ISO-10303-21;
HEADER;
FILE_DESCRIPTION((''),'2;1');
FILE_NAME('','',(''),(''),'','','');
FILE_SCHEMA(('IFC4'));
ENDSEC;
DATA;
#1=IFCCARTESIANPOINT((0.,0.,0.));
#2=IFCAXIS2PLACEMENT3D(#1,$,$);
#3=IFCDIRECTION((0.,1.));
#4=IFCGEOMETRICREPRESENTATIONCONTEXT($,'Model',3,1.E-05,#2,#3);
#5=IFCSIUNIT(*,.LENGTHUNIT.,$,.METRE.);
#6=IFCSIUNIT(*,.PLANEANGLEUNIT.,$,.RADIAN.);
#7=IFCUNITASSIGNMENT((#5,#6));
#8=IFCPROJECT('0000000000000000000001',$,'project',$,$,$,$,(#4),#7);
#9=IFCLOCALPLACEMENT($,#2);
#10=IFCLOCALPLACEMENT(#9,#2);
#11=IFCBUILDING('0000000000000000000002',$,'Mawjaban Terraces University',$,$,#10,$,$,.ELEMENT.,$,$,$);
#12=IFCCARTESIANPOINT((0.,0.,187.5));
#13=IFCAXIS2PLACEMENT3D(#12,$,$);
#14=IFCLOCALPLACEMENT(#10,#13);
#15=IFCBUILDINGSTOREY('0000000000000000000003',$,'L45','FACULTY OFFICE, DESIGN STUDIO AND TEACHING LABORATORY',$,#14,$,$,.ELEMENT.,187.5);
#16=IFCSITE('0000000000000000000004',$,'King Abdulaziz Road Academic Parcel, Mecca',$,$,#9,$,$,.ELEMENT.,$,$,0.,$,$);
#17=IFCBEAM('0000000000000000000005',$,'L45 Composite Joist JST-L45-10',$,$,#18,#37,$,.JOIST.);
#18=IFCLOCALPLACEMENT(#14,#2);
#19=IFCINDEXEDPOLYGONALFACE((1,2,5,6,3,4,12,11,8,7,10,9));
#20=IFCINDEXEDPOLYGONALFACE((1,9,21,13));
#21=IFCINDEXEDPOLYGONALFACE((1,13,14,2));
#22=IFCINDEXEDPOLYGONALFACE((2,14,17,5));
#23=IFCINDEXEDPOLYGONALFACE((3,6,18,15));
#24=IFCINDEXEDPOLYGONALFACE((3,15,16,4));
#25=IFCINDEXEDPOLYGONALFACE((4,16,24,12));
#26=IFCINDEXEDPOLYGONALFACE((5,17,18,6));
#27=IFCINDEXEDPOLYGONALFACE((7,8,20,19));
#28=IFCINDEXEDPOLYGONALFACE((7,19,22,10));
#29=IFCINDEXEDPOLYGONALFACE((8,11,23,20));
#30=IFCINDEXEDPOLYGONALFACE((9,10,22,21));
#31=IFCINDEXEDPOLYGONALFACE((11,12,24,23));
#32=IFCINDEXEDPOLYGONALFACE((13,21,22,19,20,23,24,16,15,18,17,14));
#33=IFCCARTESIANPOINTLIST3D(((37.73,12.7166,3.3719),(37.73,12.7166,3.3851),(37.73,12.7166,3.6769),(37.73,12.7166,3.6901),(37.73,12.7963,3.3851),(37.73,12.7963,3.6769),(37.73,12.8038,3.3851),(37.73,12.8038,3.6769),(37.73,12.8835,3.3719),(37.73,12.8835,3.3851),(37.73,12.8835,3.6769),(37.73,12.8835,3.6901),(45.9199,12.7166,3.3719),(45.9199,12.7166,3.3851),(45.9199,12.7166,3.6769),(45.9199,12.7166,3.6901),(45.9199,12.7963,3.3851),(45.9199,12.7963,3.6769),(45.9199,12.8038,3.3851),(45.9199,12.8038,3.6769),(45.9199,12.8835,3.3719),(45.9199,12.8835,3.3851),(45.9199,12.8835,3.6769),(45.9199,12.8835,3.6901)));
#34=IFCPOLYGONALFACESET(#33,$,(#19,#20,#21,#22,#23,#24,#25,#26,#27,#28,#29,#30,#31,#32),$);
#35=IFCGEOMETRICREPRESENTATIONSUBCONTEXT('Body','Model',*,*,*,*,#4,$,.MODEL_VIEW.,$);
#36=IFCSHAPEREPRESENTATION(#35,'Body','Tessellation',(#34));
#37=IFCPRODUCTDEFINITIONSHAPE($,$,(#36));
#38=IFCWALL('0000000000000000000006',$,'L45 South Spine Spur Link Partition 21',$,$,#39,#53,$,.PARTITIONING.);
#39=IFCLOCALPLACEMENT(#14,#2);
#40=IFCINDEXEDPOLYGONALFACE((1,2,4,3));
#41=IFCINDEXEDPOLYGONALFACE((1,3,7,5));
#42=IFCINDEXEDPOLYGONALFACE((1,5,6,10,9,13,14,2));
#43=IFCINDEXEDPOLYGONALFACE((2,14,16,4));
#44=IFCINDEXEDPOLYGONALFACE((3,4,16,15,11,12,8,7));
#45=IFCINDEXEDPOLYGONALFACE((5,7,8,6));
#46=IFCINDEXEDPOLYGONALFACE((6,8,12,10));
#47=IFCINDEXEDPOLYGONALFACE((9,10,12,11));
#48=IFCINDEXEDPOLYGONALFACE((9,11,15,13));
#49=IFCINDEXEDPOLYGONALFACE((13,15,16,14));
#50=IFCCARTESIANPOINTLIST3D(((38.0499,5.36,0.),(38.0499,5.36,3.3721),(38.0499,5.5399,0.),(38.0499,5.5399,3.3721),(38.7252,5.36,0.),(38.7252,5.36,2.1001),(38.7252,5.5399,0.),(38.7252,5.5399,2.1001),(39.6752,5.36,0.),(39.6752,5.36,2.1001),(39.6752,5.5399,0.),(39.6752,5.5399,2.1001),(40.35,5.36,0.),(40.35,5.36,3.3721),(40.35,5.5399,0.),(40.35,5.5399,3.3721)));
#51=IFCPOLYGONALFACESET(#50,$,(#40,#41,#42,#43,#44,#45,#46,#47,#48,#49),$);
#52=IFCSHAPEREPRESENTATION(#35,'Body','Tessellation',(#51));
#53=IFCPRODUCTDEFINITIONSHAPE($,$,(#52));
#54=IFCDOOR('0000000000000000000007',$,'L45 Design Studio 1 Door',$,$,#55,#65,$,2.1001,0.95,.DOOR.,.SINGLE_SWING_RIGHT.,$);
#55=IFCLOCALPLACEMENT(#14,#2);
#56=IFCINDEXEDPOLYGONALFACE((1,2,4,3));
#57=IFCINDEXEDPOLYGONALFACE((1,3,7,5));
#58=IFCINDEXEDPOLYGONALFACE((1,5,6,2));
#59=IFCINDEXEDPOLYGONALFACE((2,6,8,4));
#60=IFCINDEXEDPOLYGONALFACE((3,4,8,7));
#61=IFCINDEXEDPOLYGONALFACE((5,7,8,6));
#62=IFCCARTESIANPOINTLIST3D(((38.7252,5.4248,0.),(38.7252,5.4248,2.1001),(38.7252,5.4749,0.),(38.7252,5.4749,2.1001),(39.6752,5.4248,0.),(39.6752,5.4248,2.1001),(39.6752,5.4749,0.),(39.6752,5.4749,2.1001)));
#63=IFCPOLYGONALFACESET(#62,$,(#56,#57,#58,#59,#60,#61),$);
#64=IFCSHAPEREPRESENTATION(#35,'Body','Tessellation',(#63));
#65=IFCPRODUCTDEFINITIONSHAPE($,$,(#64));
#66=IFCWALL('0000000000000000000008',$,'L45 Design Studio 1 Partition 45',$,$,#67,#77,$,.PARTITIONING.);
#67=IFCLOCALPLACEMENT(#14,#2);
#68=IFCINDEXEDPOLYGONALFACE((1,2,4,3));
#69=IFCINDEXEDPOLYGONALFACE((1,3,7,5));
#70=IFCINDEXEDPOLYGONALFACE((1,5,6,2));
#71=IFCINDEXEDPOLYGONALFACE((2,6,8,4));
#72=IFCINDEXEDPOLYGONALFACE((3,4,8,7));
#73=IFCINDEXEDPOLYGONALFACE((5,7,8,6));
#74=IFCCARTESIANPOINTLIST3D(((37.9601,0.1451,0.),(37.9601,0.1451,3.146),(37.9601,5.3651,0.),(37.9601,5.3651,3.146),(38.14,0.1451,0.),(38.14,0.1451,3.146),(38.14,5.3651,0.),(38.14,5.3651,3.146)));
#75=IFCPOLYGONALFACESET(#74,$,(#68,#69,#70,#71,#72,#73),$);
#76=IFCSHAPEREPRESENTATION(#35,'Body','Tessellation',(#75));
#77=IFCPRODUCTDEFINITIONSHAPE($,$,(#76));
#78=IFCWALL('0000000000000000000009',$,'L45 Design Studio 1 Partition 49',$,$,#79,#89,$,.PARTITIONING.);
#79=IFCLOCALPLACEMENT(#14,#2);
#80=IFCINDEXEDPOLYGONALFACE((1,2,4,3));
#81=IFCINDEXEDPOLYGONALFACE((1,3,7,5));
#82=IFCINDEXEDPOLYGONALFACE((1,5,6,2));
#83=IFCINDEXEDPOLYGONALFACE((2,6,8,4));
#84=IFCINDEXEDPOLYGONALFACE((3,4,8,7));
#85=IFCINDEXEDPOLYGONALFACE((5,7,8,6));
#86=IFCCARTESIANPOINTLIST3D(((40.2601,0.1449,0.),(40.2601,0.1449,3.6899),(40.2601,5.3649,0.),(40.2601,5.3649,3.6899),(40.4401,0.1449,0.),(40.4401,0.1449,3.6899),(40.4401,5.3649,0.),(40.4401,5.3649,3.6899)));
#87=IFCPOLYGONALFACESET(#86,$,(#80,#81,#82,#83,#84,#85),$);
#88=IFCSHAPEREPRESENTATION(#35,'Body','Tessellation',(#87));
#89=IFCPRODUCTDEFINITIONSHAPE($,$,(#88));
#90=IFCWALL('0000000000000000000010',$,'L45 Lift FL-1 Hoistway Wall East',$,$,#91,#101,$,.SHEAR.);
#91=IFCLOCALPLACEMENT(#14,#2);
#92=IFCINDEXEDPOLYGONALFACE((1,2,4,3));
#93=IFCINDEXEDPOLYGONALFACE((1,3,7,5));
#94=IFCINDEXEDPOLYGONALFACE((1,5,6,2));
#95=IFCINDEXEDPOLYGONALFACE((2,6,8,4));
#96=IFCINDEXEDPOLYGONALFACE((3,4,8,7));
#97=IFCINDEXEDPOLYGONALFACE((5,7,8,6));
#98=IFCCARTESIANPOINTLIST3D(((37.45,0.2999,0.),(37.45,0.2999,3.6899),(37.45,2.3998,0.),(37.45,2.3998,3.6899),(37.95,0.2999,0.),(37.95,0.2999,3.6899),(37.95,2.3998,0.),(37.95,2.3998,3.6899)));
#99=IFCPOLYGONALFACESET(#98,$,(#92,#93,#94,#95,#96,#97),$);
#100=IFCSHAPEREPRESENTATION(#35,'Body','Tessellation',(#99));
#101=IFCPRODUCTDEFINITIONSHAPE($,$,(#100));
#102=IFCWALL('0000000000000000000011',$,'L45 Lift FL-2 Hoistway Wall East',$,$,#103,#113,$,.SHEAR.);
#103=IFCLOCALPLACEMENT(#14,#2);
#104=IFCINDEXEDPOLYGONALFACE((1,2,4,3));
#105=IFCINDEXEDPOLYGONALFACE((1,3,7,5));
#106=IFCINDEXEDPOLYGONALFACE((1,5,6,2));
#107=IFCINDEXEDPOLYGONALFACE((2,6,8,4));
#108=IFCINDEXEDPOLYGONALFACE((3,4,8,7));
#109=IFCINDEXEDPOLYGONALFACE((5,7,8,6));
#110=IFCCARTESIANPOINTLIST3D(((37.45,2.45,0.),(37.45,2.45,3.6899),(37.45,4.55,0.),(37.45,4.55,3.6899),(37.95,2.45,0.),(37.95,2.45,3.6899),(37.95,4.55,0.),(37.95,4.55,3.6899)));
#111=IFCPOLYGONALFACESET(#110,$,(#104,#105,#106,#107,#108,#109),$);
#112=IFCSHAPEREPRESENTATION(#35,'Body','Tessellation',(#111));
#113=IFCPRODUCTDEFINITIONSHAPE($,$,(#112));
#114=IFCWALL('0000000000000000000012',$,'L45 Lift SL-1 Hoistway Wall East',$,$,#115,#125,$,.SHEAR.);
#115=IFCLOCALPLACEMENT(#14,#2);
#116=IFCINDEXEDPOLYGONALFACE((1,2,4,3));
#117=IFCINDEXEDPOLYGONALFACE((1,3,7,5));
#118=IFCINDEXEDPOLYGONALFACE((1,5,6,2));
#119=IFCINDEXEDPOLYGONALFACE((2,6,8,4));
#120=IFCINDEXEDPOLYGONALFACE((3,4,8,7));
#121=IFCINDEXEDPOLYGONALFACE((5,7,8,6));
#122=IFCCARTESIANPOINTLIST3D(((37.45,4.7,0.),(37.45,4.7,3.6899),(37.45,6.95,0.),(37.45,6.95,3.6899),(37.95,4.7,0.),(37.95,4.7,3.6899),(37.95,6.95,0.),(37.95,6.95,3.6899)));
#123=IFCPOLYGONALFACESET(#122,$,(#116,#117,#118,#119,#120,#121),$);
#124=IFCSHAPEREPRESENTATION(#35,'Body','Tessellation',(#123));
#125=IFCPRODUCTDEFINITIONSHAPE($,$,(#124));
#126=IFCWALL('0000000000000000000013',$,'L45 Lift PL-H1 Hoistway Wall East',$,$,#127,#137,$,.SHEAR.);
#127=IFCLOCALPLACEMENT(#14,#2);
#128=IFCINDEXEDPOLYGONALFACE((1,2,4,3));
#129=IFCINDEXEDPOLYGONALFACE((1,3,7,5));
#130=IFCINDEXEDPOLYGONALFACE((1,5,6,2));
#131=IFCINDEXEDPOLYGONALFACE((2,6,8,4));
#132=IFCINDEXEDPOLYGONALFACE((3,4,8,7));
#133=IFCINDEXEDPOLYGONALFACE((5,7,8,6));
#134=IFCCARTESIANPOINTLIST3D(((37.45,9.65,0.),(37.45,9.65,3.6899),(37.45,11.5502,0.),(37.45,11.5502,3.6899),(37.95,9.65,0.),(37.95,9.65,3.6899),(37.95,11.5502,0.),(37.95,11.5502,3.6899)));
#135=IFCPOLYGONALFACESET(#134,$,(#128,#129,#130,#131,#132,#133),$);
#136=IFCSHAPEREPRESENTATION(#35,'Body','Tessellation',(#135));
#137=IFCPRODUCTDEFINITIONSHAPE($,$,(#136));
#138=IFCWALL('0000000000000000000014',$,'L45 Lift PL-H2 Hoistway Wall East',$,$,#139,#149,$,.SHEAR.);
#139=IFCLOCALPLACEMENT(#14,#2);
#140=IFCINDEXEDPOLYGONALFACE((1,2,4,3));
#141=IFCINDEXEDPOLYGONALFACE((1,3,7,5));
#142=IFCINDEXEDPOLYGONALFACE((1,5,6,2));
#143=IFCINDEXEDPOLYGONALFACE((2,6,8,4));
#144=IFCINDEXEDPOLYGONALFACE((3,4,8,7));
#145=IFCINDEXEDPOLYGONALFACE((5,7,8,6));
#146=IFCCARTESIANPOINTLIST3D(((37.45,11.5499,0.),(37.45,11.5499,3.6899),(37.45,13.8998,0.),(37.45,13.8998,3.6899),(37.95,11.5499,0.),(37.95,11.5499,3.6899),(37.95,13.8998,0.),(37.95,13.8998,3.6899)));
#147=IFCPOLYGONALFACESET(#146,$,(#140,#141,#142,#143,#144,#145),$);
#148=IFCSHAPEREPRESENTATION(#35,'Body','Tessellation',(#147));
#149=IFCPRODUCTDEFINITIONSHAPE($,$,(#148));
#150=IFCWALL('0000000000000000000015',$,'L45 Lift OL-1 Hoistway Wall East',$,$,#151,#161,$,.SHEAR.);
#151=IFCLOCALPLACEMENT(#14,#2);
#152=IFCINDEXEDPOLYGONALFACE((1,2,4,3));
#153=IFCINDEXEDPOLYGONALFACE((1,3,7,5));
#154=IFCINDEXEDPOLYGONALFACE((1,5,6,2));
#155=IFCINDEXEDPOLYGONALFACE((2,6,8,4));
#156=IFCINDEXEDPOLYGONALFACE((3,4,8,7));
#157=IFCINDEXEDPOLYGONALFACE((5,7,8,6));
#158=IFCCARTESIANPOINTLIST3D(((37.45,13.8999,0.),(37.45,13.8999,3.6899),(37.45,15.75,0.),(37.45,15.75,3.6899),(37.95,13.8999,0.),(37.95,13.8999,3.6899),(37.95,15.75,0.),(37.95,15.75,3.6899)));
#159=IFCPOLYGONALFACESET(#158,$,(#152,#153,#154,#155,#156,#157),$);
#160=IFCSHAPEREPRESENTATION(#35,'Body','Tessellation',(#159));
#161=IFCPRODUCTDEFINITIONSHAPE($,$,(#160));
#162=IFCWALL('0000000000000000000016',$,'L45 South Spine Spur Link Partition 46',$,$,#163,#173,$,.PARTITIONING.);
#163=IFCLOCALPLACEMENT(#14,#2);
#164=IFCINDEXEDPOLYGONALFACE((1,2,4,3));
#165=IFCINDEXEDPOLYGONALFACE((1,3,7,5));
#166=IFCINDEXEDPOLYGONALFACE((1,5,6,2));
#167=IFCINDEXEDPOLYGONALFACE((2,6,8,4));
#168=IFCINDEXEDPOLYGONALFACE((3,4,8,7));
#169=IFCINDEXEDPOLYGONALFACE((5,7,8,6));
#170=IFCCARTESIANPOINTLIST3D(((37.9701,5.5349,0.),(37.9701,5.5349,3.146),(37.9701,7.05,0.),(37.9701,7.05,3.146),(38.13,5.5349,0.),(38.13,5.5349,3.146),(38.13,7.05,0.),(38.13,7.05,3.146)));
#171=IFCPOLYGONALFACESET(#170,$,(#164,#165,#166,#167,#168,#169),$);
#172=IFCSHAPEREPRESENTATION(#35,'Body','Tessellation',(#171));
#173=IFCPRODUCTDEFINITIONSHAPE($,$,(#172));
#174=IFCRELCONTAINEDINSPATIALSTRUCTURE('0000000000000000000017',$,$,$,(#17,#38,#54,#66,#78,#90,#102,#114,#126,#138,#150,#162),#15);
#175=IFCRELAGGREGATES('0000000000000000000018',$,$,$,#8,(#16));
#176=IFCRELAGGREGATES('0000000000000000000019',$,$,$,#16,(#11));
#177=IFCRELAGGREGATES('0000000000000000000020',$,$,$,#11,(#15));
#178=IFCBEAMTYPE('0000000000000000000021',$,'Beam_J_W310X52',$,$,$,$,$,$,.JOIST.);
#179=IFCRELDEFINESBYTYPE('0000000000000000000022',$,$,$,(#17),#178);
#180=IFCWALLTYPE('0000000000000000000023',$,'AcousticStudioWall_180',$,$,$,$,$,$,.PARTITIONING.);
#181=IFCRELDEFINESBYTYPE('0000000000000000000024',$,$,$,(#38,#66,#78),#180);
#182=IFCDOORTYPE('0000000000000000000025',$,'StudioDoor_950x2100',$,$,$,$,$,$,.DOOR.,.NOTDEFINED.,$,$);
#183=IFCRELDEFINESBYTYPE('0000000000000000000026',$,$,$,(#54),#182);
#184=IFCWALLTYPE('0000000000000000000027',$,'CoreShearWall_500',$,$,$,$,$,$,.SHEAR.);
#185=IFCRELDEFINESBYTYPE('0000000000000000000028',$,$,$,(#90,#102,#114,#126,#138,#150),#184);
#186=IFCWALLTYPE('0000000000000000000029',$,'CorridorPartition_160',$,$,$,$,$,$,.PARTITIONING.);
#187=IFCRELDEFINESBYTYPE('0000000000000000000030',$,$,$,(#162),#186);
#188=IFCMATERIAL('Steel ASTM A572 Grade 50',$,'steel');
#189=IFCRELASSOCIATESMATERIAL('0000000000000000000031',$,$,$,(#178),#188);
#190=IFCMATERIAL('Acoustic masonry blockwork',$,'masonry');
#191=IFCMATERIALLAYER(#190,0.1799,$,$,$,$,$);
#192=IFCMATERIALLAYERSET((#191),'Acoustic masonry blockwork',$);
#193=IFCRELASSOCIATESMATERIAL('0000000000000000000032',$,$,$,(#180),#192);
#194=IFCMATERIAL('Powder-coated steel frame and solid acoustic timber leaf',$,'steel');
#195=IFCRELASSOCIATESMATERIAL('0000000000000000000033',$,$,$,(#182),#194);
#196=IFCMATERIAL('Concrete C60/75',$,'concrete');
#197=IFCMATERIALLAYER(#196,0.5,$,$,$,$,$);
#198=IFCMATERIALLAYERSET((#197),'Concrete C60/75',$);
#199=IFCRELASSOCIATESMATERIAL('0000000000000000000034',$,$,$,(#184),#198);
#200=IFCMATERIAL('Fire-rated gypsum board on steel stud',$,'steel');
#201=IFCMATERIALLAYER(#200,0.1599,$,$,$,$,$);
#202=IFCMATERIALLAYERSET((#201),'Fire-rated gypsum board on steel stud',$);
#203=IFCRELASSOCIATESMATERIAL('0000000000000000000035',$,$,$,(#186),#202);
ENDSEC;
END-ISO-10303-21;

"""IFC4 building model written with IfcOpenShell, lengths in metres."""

from ifc_helpers import new_model, si_unit, direction, frame, frame_2d, origin, origin_2d, place, context, subcontext, project, spatial, rectangle, i_section, extrude, material, layer, layer_set, material_profile, profile_set, type_object, element, fill, save


model = new_model("IFC4")

# Units and contexts
model_context = context("Model", 3, precision=1e-05, world=origin(), true_north=direction((0.0, 1.0)))
body_context = subcontext(model_context, "Body", "Model", "MODEL_VIEW")
ifc_project = project(units=[si_unit("LENGTHUNIT", "METRE"), si_unit("PLANEANGLEUNIT", "RADIAN")], contexts=[model_context])

# Site, building, storey
site_placement = place(None, origin())
site = spatial("IfcSite", under=ifc_project, at=site_placement, Name="King Abdulaziz Road Academic Parcel, Mecca", CompositionType="ELEMENT", RefElevation=0.0)
building_placement = place(site_placement, origin())
building = spatial("IfcBuilding", under=site, at=building_placement, Name="Mawjaban Terraces University", CompositionType="ELEMENT")
storey_placement = place(building_placement, frame((0.0, 0.0, 187.5)))
storey = spatial("IfcBuildingStorey", under=building, at=storey_placement, Name="L45", Description="FACULTY OFFICE, DESIGN STUDIO AND TEACHING LABORATORY", CompositionType="ELEMENT", Elevation=187.5)

# Shared definitions
ifc_material_1 = material(Name="Concrete C60/75", Category="concrete")

# Beam
ifc_material_2 = material(Name="Steel ASTM A572 Grade 50", Category="steel")
ifc_material_profile_1 = material_profile(ifc_material_2, i_section(OverallWidth=0.167, OverallDepth=0.3181, WebThickness=0.0076, FlangeThickness=0.0132, at=origin_2d()), Name="W310X52")
ifc_profile_set_1 = profile_set([ifc_material_profile_1], Name="Steel ASTM A572 Grade 50")
beam_type_1 = type_object("IfcBeamType", Name="Beam_J_W310X52", PredefinedType="JOIST", material=ifc_profile_set_1)
for number, where, z_axis, x_axis, name in (
    (1, (37.73, 12.8, 3.531), (1.0, 0.0, 0.0), (0.0, 1.0, 0.0), "L45 Composite Joist JST-L45-10"),
):
    element("IfcBeam", number, at=place(storey_placement, frame(where, z_axis=z_axis, x_axis=x_axis)), inside=storey, type_object=beam_type_1, Name=name, PredefinedType="JOIST", context=body_context, shape_type="SweptSolid", body=[
        extrude(i_section(OverallWidth=0.167, OverallDepth=0.3181, WebThickness=0.0076, FlangeThickness=0.0132, at=origin_2d()), origin(), (0.0, 0.0, 1.0), 8.1899),
    ])

# Wall, opening, door
ifc_material_3 = material(Name="Acoustic masonry blockwork", Category="masonry")
ifc_layer_1 = layer(ifc_material_3, 0.1799)
ifc_layer_set_1 = layer_set([ifc_layer_1], Name="Acoustic masonry blockwork")
wall_type_1 = type_object("IfcWallType", Name="AcousticStudioWall_180", PredefinedType="PARTITIONING", material=ifc_layer_set_1)
wall_1_placement = place(storey_placement, frame((38.05, 5.45, 0.0), z_axis=(0.0, 0.0, 1.0), x_axis=(1.0, 0.0, 0.0)))
wall_1 = element("IfcWall", 2, at=wall_1_placement, inside=storey, type_object=wall_type_1, Name="L45 South Spine Spur Link Partition 21", PredefinedType="PARTITIONING", context=body_context, shape_type="SweptSolid", body=[
    extrude(rectangle(XDim=2.3, YDim=0.1799, at=frame_2d((1.1499, 0.0))), origin(), (0.0, 0.0, 1.0), 3.3721),
])
opening_1_placement = place(wall_1_placement, frame((0.675, 0.0, 0.0)))
opening_1 = element("IfcOpeningElement", 3, at=opening_1_placement, cuts=wall_1, PredefinedType="OPENING", context=body_context, shape_type="SweptSolid", body=[
    extrude(rectangle(XDim=0.95, YDim=2.1001, at=frame_2d((0.4751, 1.05))), frame((0.0, 0.0999, 0.0), z_axis=(0.0, -1.0, 0.0), x_axis=(1.0, 0.0, 0.0)), (0.0, 0.0, 1.0), 0.2),
])
ifc_material_4 = material(Name="Powder-coated steel frame and solid acoustic timber leaf", Category="steel")
door_type_1 = type_object("IfcDoorType", Name="StudioDoor_950x2100", OperationType="NOTDEFINED", PredefinedType="DOOR", material=ifc_material_4)
door_1_placement = place(opening_1_placement, origin())
door_1 = element("IfcDoor", 4, at=door_1_placement, inside=storey, type_object=door_type_1, Name="L45 Design Studio 1 Door", OperationType="SINGLE_SWING_RIGHT", OverallHeight=2.1001, OverallWidth=0.95, PredefinedType="DOOR", context=body_context, shape_type="SweptSolid", body=[
    extrude(rectangle(XDim=0.95, YDim=2.1001, at=frame_2d((0.4751, 1.05))), frame((0.0, 0.0249, 0.0), z_axis=(0.0, -1.0, 0.0), x_axis=(1.0, 0.0, 0.0)), (0.0, 0.0, 1.0), 0.05),
])
fill(opening_1, door_1)

# Walls
wall_2_placement = place(storey_placement, frame((38.05, 5.365, 0.0), z_axis=(0.0, 0.0, 1.0), x_axis=(0.0, -1.0, 0.0)))
element("IfcWall", 5, at=wall_2_placement, inside=storey, type_object=wall_type_1, Name="L45 Design Studio 1 Partition 45", PredefinedType="PARTITIONING", context=body_context, shape_type="SweptSolid", body=[
    extrude(rectangle(XDim=5.22, YDim=0.1799, at=frame_2d((2.6099, 0.0))), origin(), (0.0, 0.0, 1.0), 3.146),
])
wall_3_placement = place(storey_placement, frame((40.3501, 0.145, 0.0), z_axis=(0.0, 0.0, 1.0), x_axis=(0.0, 1.0, 0.0)))
element("IfcWall", 6, at=wall_3_placement, inside=storey, type_object=wall_type_1, Name="L45 Design Studio 1 Partition 49", PredefinedType="PARTITIONING", context=body_context, shape_type="SweptSolid", body=[
    extrude(rectangle(XDim=5.22, YDim=0.1799, at=frame_2d((2.6099, 0.0))), origin(), (0.0, 0.0, 1.0), 3.6899),
])
ifc_layer_2 = layer(ifc_material_1, 0.5)
ifc_layer_set_2 = layer_set([ifc_layer_2], Name="Concrete C60/75")
wall_type_2 = type_object("IfcWallType", Name="CoreShearWall_500", PredefinedType="SHEAR", material=ifc_layer_set_2)
wall_4_placement = place(storey_placement, frame((37.7, 0.3, 0.0), z_axis=(0.0, 0.0, 1.0), x_axis=(0.0, 1.0, 0.0)))
element("IfcWall", 7, at=wall_4_placement, inside=storey, type_object=wall_type_2, Name="L45 Lift FL-1 Hoistway Wall East", PredefinedType="SHEAR", context=body_context, shape_type="SweptSolid", body=[
    extrude(rectangle(XDim=2.0999, YDim=0.5, at=frame_2d((1.0498, 0.0))), origin(), (0.0, 0.0, 1.0), 3.6899),
])
wall_5_placement = place(storey_placement, frame((37.7, 2.45, 0.0), z_axis=(0.0, 0.0, 1.0), x_axis=(0.0, 1.0, 0.0)))
element("IfcWall", 8, at=wall_5_placement, inside=storey, type_object=wall_type_2, Name="L45 Lift FL-2 Hoistway Wall East", PredefinedType="SHEAR", context=body_context, shape_type="SweptSolid", body=[
    extrude(rectangle(XDim=2.1001, YDim=0.5, at=frame_2d((1.05, 0.0))), origin(), (0.0, 0.0, 1.0), 3.6899),
])
wall_6_placement = place(storey_placement, frame((37.7, 4.7, 0.0), z_axis=(0.0, 0.0, 1.0), x_axis=(0.0, 1.0, 0.0)))
element("IfcWall", 9, at=wall_6_placement, inside=storey, type_object=wall_type_2, Name="L45 Lift SL-1 Hoistway Wall East", PredefinedType="SHEAR", context=body_context, shape_type="SweptSolid", body=[
    extrude(rectangle(XDim=2.25, YDim=0.5, at=frame_2d((1.125, 0.0))), origin(), (0.0, 0.0, 1.0), 3.6899),
])
wall_7_placement = place(storey_placement, frame((37.7, 9.6499, 0.0), z_axis=(0.0, 0.0, 1.0), x_axis=(0.0, 1.0, 0.0)))
element("IfcWall", 10, at=wall_7_placement, inside=storey, type_object=wall_type_2, Name="L45 Lift PL-H1 Hoistway Wall East", PredefinedType="SHEAR", context=body_context, shape_type="SweptSolid", body=[
    extrude(rectangle(XDim=1.9001, YDim=0.5, at=frame_2d((0.9502, 0.0))), origin(), (0.0, 0.0, 1.0), 3.6899),
])
wall_8_placement = place(storey_placement, frame((37.7, 11.55, 0.0), z_axis=(0.0, 0.0, 1.0), x_axis=(0.0, 1.0, 0.0)))
element("IfcWall", 11, at=wall_8_placement, inside=storey, type_object=wall_type_2, Name="L45 Lift PL-H2 Hoistway Wall East", PredefinedType="SHEAR", context=body_context, shape_type="SweptSolid", body=[
    extrude(rectangle(XDim=2.3499, YDim=0.5, at=frame_2d((1.1748, 0.0))), origin(), (0.0, 0.0, 1.0), 3.6899),
])
wall_9_placement = place(storey_placement, frame((37.7, 13.8999, 0.0), z_axis=(0.0, 0.0, 1.0), x_axis=(0.0, 1.0, 0.0)))
element("IfcWall", 12, at=wall_9_placement, inside=storey, type_object=wall_type_2, Name="L45 Lift OL-1 Hoistway Wall East", PredefinedType="SHEAR", context=body_context, shape_type="SweptSolid", body=[
    extrude(rectangle(XDim=1.8501, YDim=0.5, at=frame_2d((0.925, 0.0))), origin(), (0.0, 0.0, 1.0), 3.6899),
])
ifc_material_5 = material(Name="Fire-rated gypsum board on steel stud", Category="steel")
ifc_layer_3 = layer(ifc_material_5, 0.1599)
ifc_layer_set_3 = layer_set([ifc_layer_3], Name="Fire-rated gypsum board on steel stud")
wall_type_3 = type_object("IfcWallType", Name="CorridorPartition_160", PredefinedType="PARTITIONING", material=ifc_layer_set_3)
wall_10_placement = place(storey_placement, frame((38.05, 7.05, 0.0), z_axis=(0.0, 0.0, 1.0), x_axis=(0.0, -1.0, 0.0)))
element("IfcWall", 13, at=wall_10_placement, inside=storey, type_object=wall_type_3, Name="L45 South Spine Spur Link Partition 46", PredefinedType="PARTITIONING", context=body_context, shape_type="SweptSolid", body=[
    extrude(rectangle(XDim=1.5151, YDim=0.1599, at=frame_2d((0.7576, 0.0))), origin(), (0.0, 0.0, 1.0), 3.146),
])

save(model, "model.ifc")
